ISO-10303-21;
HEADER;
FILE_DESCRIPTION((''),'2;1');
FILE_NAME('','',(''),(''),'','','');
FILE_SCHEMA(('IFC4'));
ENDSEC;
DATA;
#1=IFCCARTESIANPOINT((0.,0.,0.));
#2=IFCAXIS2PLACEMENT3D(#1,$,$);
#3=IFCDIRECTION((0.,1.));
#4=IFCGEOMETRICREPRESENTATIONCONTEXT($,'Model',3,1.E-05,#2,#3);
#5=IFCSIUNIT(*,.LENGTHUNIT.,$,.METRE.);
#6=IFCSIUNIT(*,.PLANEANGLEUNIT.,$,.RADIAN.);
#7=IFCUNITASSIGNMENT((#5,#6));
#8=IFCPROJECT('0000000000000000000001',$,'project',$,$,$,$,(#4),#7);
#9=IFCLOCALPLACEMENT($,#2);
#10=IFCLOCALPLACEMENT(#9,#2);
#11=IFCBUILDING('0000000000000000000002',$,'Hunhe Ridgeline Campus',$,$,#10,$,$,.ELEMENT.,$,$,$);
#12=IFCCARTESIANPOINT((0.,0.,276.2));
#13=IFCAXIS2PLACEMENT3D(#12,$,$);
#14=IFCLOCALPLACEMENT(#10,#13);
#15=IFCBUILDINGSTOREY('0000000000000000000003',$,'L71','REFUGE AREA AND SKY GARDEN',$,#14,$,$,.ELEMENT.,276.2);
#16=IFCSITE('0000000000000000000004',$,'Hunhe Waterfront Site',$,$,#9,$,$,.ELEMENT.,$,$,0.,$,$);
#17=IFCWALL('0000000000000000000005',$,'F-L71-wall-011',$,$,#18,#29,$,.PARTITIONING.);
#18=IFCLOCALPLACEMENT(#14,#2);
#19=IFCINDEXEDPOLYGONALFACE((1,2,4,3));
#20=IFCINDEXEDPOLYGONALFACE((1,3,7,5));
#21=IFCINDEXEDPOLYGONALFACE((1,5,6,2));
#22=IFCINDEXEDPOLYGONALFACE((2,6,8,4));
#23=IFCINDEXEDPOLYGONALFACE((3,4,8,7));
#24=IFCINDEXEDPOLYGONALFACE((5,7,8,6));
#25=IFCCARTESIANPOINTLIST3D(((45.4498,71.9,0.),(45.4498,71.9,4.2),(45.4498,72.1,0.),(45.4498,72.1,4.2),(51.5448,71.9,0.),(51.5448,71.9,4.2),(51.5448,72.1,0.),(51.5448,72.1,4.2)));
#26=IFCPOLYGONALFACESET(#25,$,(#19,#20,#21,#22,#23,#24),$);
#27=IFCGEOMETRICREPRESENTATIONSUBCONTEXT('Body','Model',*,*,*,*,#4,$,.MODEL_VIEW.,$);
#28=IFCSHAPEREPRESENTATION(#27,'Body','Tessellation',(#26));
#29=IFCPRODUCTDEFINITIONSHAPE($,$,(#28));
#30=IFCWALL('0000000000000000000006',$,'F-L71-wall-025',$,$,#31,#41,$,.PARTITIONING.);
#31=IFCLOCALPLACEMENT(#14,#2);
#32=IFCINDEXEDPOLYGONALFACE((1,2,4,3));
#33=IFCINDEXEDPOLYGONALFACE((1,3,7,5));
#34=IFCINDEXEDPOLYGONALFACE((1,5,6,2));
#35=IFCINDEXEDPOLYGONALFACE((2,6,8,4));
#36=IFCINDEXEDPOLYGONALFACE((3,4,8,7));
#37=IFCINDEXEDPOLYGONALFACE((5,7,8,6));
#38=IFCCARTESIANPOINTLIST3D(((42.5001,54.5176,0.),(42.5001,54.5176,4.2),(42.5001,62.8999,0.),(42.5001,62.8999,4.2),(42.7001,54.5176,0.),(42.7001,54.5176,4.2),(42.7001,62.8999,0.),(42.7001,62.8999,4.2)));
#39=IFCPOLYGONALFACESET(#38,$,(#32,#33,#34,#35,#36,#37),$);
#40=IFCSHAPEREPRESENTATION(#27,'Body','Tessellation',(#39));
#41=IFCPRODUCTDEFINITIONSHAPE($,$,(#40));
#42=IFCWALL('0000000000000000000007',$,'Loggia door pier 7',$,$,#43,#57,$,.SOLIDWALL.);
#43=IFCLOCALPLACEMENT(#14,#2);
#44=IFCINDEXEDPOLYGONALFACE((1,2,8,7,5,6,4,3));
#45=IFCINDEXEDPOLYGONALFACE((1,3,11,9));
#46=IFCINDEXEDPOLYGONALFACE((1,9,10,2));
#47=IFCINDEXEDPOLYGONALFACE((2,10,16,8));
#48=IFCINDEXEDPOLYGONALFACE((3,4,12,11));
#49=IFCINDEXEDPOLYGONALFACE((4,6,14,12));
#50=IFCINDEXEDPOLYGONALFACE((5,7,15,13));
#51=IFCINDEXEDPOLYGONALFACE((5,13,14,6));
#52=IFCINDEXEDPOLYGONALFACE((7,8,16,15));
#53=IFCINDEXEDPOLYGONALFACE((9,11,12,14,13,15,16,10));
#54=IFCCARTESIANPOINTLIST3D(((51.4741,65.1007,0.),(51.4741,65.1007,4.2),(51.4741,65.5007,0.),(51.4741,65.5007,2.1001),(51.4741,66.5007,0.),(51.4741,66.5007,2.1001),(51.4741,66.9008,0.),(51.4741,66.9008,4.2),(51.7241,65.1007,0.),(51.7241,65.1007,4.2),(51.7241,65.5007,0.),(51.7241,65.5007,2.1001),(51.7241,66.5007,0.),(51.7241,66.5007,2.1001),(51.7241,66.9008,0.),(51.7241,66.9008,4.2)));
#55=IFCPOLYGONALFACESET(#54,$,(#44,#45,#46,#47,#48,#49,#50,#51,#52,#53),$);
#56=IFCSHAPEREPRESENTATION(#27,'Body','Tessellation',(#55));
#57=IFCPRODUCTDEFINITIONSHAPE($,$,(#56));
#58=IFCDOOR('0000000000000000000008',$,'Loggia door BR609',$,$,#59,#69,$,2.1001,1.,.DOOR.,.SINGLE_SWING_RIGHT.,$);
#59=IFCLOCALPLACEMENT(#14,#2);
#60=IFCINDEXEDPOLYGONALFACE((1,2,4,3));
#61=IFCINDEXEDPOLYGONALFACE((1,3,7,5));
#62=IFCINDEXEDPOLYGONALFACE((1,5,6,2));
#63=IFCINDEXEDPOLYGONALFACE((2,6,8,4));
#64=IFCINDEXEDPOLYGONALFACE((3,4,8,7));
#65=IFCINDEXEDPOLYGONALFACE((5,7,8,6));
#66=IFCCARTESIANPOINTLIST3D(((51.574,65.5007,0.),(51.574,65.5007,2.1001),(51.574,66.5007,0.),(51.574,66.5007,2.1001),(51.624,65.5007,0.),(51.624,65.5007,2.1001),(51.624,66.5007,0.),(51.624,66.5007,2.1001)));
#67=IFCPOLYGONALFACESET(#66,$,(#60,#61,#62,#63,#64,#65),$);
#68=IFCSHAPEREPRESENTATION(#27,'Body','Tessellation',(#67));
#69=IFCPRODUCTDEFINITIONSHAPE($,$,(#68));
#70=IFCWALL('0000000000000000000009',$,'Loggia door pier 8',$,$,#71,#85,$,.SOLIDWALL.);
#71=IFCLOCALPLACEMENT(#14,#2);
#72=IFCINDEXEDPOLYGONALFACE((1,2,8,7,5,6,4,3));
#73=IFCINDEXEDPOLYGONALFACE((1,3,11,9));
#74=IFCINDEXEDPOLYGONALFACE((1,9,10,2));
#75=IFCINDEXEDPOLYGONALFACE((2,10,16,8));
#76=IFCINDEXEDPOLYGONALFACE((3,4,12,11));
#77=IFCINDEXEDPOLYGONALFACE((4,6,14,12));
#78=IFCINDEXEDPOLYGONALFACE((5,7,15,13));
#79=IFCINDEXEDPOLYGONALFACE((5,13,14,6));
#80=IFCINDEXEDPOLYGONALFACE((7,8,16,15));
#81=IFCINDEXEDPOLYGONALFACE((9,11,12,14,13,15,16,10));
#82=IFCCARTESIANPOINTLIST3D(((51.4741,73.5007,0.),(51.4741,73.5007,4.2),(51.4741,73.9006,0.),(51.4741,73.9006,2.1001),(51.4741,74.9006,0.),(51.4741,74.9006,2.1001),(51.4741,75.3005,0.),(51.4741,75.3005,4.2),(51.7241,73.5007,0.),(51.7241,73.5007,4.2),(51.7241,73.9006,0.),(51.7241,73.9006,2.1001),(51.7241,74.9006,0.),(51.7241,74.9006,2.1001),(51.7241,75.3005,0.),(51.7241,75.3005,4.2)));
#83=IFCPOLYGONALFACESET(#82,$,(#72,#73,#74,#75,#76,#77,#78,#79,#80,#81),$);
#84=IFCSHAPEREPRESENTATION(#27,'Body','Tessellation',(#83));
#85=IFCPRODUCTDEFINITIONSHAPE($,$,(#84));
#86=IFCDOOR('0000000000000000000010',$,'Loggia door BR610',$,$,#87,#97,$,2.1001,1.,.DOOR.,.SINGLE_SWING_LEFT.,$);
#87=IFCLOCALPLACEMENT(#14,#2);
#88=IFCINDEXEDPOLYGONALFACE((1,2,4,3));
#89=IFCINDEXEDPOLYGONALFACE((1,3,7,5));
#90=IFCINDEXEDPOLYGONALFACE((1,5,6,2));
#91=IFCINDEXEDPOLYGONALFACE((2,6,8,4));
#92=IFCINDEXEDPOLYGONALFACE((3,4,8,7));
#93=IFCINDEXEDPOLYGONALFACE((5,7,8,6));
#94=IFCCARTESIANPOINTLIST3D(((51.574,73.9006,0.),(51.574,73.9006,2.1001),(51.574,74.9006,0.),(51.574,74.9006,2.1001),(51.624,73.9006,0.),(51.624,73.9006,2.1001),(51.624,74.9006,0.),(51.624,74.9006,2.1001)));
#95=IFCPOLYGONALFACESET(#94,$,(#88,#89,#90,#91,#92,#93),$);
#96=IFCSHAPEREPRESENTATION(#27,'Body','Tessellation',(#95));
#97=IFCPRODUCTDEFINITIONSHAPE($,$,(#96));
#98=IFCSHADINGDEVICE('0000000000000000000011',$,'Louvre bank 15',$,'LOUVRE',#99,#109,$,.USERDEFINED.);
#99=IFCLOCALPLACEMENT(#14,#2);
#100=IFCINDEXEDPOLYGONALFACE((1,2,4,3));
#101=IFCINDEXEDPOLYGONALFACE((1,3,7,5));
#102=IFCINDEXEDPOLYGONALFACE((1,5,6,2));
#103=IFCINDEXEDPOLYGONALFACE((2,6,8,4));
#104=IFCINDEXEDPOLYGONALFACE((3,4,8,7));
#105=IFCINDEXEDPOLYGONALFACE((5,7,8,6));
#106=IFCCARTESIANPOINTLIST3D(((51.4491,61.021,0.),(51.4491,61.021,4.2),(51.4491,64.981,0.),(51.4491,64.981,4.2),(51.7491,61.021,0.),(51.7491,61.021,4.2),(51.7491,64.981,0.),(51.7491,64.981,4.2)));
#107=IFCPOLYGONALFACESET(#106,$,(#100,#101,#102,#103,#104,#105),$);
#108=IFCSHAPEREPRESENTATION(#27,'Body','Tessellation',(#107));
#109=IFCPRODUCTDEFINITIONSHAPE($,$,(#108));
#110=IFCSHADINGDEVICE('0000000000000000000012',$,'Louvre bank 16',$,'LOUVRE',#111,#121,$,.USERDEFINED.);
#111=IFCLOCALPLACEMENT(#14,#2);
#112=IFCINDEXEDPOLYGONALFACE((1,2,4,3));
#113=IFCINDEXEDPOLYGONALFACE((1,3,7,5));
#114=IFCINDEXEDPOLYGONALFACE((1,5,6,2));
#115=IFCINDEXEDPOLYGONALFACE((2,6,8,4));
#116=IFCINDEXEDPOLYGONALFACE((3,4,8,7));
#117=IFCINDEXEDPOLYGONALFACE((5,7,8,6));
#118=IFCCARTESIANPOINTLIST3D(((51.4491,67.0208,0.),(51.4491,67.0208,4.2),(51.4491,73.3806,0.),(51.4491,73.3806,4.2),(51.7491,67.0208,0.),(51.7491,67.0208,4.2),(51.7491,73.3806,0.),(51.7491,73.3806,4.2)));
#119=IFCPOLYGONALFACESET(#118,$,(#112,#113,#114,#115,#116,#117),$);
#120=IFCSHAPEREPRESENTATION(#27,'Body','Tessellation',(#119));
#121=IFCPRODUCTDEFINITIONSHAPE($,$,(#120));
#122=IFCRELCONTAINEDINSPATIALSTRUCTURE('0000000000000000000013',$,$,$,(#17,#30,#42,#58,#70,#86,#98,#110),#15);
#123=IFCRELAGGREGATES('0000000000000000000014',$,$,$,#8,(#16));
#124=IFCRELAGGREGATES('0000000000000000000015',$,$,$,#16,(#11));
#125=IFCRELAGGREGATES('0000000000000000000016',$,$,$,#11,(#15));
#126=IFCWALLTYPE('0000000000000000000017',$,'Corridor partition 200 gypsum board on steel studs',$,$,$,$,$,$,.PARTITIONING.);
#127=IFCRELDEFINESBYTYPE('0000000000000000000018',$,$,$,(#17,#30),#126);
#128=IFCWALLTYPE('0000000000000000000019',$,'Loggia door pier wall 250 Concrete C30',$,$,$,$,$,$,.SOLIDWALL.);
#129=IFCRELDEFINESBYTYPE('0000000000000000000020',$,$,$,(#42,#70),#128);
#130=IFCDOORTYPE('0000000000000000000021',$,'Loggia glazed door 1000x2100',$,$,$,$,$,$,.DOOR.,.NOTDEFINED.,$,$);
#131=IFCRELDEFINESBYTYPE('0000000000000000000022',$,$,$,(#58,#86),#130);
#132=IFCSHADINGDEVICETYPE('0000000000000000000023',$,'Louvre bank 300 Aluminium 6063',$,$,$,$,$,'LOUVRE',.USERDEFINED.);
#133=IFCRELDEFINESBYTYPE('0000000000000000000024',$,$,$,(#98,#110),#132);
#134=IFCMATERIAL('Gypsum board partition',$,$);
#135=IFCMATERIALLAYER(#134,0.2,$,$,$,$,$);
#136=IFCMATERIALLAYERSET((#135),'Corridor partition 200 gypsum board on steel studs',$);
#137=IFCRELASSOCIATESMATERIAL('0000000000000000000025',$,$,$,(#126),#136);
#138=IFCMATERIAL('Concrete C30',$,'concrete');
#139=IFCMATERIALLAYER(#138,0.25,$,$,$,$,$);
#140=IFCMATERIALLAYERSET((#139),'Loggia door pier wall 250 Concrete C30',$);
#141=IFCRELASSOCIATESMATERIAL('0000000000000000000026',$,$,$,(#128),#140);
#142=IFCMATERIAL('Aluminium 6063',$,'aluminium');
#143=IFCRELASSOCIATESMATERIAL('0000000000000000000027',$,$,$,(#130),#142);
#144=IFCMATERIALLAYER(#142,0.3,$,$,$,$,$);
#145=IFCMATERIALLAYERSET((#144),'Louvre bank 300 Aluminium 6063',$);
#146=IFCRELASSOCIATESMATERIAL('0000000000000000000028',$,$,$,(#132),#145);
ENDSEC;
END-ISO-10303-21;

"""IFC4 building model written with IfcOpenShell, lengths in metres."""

from ifc_helpers import new_model, si_unit, direction, frame, frame_2d, origin, origin_2d, place, context, subcontext, project, spatial, rectangle, extrude, material, layer, layer_set, type_object, element, fill, save


model = new_model("IFC4")

# Units and contexts
model_context = context("Model", 3, precision=1e-05, world=origin(), true_north=direction((0.0, 1.0)))
body_context = subcontext(model_context, "Body", "Model", "MODEL_VIEW")
ifc_project = project(units=[si_unit("LENGTHUNIT", "METRE"), si_unit("PLANEANGLEUNIT", "RADIAN")], contexts=[model_context])

# Site, building, storey
site_placement = place(None, origin())
site = spatial("IfcSite", under=ifc_project, at=site_placement, Name="Hunhe Waterfront Site", CompositionType="ELEMENT", RefElevation=0.0)
building_placement = place(site_placement, origin())
building = spatial("IfcBuilding", under=site, at=building_placement, Name="Hunhe Ridgeline Campus", CompositionType="ELEMENT")
storey_placement = place(building_placement, frame((0.0, 0.0, 276.2)))
storey = spatial("IfcBuildingStorey", under=building, at=storey_placement, Name="L71", Description="REFUGE AREA AND SKY GARDEN", CompositionType="ELEMENT", Elevation=276.2)

# Shared definitions
ifc_material_1 = material(Name="Aluminium 6063", Category="aluminium")

# Walls
ifc_material_2 = material(Name="Gypsum board partition")
ifc_layer_1 = layer(ifc_material_2, 0.2)
ifc_layer_set_1 = layer_set([ifc_layer_1], Name="Corridor partition 200 gypsum board on steel studs")
wall_type_1 = type_object("IfcWallType", Name="Corridor partition 200 gypsum board on steel studs", PredefinedType="PARTITIONING", material=ifc_layer_set_1)
wall_1_placement = place(storey_placement, frame((45.45, 72.0, 0.0), z_axis=(0.0, 0.0, 1.0), x_axis=(1.0, 0.0, 0.0)))
element("IfcWall", 1, at=wall_1_placement, inside=storey, type_object=wall_type_1, Name="F-L71-wall-011", PredefinedType="PARTITIONING", context=body_context, shape_type="SweptSolid", body=[
    extrude(rectangle(XDim=6.095, YDim=0.2, at=frame_2d((3.0474, 0.0))), origin(), (0.0, 0.0, 1.0), 4.2),
])
wall_2_placement = place(storey_placement, frame((42.6001, 62.8999, 0.0), z_axis=(0.0, 0.0, 1.0), x_axis=(0.0, -1.0, 0.0)))
element("IfcWall", 2, at=wall_2_placement, inside=storey, type_object=wall_type_1, Name="F-L71-wall-025", PredefinedType="PARTITIONING", context=body_context, shape_type="SweptSolid", body=[
    extrude(rectangle(XDim=8.3823, YDim=0.2, at=frame_2d((4.1912, 0.0))), origin(), (0.0, 0.0, 1.0), 4.2),
])

# Walls, openings, doors
ifc_material_3 = material(Name="Concrete C30", Category="concrete")
ifc_layer_2 = layer(ifc_material_3, 0.25)
ifc_layer_set_2 = layer_set([ifc_layer_2], Name="Loggia door pier wall 250 Concrete C30")
wall_type_2 = type_object("IfcWallType", Name="Loggia door pier wall 250 Concrete C30", PredefinedType="SOLIDWALL", material=ifc_layer_set_2)
wall_3_placement = place(storey_placement, frame((51.5991, 65.1008, 0.0), z_axis=(0.0, 0.0, 1.0), x_axis=(0.0, 1.0, 0.0)))
wall_3 = element("IfcWall", 3, at=wall_3_placement, inside=storey, type_object=wall_type_2, Name="Loggia door pier 7", PredefinedType="SOLIDWALL", context=body_context, shape_type="SweptSolid", body=[
    extrude(rectangle(XDim=1.8, YDim=0.25, at=frame_2d((0.8999, 0.0))), origin(), (0.0, 0.0, 1.0), 4.2),
])
opening_1_placement = place(wall_3_placement, frame((0.3999, 0.0, 0.0)))
opening_1 = element("IfcOpeningElement", 4, at=opening_1_placement, cuts=wall_3, PredefinedType="OPENING", context=body_context, shape_type="SweptSolid", body=[
    extrude(rectangle(XDim=1.0, YDim=2.1001, at=frame_2d((0.5, 1.05))), frame((0.0, 0.125, 0.0), z_axis=(0.0, -1.0, 0.0), x_axis=(1.0, 0.0, 0.0)), (0.0, 0.0, 1.0), 0.25),
])
door_type = type_object("IfcDoorType", Name="Loggia glazed door 1000x2100", OperationType="NOTDEFINED", PredefinedType="DOOR", material=ifc_material_1)
door_1_placement = place(opening_1_placement, frame((1.0, 0.0, 0.0), z_axis=(0.0, 0.0, 1.0), x_axis=(-1.0, 0.0, 0.0)))
door_1 = element("IfcDoor", 5, at=door_1_placement, inside=storey, type_object=door_type, Name="Loggia door BR609", OperationType="SINGLE_SWING_RIGHT", OverallHeight=2.1001, OverallWidth=1.0, PredefinedType="DOOR", context=body_context, shape_type="SweptSolid", body=[
    extrude(rectangle(XDim=1.0, YDim=2.1001, at=frame_2d((0.5, 1.05))), frame((0.0, 0.0249, 0.0), z_axis=(0.0, -1.0, 0.0), x_axis=(1.0, 0.0, 0.0)), (0.0, 0.0, 1.0), 0.05),
])
fill(opening_1, door_1)
wall_4_placement = place(storey_placement, frame((51.5991, 73.5007, 0.0), z_axis=(0.0, 0.0, 1.0), x_axis=(0.0, 1.0, 0.0)))
wall_4 = element("IfcWall", 6, at=wall_4_placement, inside=storey, type_object=wall_type_2, Name="Loggia door pier 8", PredefinedType="SOLIDWALL", context=body_context, shape_type="SweptSolid", body=[
    extrude(rectangle(XDim=1.7998, YDim=0.25, at=frame_2d((0.8999, 0.0))), origin(), (0.0, 0.0, 1.0), 4.2),
])
opening_2_placement = place(wall_4_placement, frame((0.3999, 0.0, 0.0)))
opening_2 = element("IfcOpeningElement", 7, at=opening_2_placement, cuts=wall_4, PredefinedType="OPENING", context=body_context, shape_type="SweptSolid", body=[
    extrude(rectangle(XDim=1.0, YDim=2.1001, at=frame_2d((0.5, 1.05))), frame((0.0, 0.125, 0.0), z_axis=(0.0, -1.0, 0.0), x_axis=(1.0, 0.0, 0.0)), (0.0, 0.0, 1.0), 0.25),
])
door_2_placement = place(opening_2_placement, frame((1.0, 0.0, 0.0), z_axis=(0.0, 0.0, 1.0), x_axis=(-1.0, 0.0, 0.0)))
door_2 = element("IfcDoor", 8, at=door_2_placement, inside=storey, type_object=door_type, Name="Loggia door BR610", OperationType="SINGLE_SWING_LEFT", OverallHeight=2.1001, OverallWidth=1.0, PredefinedType="DOOR", context=body_context, shape_type="SweptSolid", body=[
    extrude(rectangle(XDim=1.0, YDim=2.1001, at=frame_2d((0.5, 1.05))), frame((0.0, 0.0249, 0.0), z_axis=(0.0, -1.0, 0.0), x_axis=(1.0, 0.0, 0.0)), (0.0, 0.0, 1.0), 0.05),
])
fill(opening_2, door_2)

# Shading devices
ifc_layer_3 = layer(ifc_material_1, 0.3)
ifc_layer_set_3 = layer_set([ifc_layer_3], Name="Louvre bank 300 Aluminium 6063")
shading_device_type = type_object("IfcShadingDeviceType", Name="Louvre bank 300 Aluminium 6063", ElementType="LOUVRE", PredefinedType="USERDEFINED", material=ifc_layer_set_3)
shading_device_1_placement = place(storey_placement, frame((51.5991, 63.001, 0.0), z_axis=(0.0, 0.0, 1.0), x_axis=(0.0, 1.0, 0.0)))
element("IfcShadingDevice", 9, at=shading_device_1_placement, inside=storey, type_object=shading_device_type, Name="Louvre bank 15", ObjectType="LOUVRE", PredefinedType="USERDEFINED", context=body_context, shape_type="SweptSolid", body=[
    extrude(rectangle(XDim=3.96, YDim=0.3, at=origin_2d()), origin(), (0.0, 0.0, 1.0), 4.2),
])
shading_device_2_placement = place(storey_placement, frame((51.5991, 70.2007, 0.0), z_axis=(0.0, 0.0, 1.0), x_axis=(0.0, 1.0, 0.0)))
element("IfcShadingDevice", 10, at=shading_device_2_placement, inside=storey, type_object=shading_device_type, Name="Louvre bank 16", ObjectType="LOUVRE", PredefinedType="USERDEFINED", context=body_context, shape_type="SweptSolid", body=[
    extrude(rectangle(XDim=6.3599, YDim=0.3, at=origin_2d()), origin(), (0.0, 0.0, 1.0), 4.2),
])

save(model, "model.ifc")
